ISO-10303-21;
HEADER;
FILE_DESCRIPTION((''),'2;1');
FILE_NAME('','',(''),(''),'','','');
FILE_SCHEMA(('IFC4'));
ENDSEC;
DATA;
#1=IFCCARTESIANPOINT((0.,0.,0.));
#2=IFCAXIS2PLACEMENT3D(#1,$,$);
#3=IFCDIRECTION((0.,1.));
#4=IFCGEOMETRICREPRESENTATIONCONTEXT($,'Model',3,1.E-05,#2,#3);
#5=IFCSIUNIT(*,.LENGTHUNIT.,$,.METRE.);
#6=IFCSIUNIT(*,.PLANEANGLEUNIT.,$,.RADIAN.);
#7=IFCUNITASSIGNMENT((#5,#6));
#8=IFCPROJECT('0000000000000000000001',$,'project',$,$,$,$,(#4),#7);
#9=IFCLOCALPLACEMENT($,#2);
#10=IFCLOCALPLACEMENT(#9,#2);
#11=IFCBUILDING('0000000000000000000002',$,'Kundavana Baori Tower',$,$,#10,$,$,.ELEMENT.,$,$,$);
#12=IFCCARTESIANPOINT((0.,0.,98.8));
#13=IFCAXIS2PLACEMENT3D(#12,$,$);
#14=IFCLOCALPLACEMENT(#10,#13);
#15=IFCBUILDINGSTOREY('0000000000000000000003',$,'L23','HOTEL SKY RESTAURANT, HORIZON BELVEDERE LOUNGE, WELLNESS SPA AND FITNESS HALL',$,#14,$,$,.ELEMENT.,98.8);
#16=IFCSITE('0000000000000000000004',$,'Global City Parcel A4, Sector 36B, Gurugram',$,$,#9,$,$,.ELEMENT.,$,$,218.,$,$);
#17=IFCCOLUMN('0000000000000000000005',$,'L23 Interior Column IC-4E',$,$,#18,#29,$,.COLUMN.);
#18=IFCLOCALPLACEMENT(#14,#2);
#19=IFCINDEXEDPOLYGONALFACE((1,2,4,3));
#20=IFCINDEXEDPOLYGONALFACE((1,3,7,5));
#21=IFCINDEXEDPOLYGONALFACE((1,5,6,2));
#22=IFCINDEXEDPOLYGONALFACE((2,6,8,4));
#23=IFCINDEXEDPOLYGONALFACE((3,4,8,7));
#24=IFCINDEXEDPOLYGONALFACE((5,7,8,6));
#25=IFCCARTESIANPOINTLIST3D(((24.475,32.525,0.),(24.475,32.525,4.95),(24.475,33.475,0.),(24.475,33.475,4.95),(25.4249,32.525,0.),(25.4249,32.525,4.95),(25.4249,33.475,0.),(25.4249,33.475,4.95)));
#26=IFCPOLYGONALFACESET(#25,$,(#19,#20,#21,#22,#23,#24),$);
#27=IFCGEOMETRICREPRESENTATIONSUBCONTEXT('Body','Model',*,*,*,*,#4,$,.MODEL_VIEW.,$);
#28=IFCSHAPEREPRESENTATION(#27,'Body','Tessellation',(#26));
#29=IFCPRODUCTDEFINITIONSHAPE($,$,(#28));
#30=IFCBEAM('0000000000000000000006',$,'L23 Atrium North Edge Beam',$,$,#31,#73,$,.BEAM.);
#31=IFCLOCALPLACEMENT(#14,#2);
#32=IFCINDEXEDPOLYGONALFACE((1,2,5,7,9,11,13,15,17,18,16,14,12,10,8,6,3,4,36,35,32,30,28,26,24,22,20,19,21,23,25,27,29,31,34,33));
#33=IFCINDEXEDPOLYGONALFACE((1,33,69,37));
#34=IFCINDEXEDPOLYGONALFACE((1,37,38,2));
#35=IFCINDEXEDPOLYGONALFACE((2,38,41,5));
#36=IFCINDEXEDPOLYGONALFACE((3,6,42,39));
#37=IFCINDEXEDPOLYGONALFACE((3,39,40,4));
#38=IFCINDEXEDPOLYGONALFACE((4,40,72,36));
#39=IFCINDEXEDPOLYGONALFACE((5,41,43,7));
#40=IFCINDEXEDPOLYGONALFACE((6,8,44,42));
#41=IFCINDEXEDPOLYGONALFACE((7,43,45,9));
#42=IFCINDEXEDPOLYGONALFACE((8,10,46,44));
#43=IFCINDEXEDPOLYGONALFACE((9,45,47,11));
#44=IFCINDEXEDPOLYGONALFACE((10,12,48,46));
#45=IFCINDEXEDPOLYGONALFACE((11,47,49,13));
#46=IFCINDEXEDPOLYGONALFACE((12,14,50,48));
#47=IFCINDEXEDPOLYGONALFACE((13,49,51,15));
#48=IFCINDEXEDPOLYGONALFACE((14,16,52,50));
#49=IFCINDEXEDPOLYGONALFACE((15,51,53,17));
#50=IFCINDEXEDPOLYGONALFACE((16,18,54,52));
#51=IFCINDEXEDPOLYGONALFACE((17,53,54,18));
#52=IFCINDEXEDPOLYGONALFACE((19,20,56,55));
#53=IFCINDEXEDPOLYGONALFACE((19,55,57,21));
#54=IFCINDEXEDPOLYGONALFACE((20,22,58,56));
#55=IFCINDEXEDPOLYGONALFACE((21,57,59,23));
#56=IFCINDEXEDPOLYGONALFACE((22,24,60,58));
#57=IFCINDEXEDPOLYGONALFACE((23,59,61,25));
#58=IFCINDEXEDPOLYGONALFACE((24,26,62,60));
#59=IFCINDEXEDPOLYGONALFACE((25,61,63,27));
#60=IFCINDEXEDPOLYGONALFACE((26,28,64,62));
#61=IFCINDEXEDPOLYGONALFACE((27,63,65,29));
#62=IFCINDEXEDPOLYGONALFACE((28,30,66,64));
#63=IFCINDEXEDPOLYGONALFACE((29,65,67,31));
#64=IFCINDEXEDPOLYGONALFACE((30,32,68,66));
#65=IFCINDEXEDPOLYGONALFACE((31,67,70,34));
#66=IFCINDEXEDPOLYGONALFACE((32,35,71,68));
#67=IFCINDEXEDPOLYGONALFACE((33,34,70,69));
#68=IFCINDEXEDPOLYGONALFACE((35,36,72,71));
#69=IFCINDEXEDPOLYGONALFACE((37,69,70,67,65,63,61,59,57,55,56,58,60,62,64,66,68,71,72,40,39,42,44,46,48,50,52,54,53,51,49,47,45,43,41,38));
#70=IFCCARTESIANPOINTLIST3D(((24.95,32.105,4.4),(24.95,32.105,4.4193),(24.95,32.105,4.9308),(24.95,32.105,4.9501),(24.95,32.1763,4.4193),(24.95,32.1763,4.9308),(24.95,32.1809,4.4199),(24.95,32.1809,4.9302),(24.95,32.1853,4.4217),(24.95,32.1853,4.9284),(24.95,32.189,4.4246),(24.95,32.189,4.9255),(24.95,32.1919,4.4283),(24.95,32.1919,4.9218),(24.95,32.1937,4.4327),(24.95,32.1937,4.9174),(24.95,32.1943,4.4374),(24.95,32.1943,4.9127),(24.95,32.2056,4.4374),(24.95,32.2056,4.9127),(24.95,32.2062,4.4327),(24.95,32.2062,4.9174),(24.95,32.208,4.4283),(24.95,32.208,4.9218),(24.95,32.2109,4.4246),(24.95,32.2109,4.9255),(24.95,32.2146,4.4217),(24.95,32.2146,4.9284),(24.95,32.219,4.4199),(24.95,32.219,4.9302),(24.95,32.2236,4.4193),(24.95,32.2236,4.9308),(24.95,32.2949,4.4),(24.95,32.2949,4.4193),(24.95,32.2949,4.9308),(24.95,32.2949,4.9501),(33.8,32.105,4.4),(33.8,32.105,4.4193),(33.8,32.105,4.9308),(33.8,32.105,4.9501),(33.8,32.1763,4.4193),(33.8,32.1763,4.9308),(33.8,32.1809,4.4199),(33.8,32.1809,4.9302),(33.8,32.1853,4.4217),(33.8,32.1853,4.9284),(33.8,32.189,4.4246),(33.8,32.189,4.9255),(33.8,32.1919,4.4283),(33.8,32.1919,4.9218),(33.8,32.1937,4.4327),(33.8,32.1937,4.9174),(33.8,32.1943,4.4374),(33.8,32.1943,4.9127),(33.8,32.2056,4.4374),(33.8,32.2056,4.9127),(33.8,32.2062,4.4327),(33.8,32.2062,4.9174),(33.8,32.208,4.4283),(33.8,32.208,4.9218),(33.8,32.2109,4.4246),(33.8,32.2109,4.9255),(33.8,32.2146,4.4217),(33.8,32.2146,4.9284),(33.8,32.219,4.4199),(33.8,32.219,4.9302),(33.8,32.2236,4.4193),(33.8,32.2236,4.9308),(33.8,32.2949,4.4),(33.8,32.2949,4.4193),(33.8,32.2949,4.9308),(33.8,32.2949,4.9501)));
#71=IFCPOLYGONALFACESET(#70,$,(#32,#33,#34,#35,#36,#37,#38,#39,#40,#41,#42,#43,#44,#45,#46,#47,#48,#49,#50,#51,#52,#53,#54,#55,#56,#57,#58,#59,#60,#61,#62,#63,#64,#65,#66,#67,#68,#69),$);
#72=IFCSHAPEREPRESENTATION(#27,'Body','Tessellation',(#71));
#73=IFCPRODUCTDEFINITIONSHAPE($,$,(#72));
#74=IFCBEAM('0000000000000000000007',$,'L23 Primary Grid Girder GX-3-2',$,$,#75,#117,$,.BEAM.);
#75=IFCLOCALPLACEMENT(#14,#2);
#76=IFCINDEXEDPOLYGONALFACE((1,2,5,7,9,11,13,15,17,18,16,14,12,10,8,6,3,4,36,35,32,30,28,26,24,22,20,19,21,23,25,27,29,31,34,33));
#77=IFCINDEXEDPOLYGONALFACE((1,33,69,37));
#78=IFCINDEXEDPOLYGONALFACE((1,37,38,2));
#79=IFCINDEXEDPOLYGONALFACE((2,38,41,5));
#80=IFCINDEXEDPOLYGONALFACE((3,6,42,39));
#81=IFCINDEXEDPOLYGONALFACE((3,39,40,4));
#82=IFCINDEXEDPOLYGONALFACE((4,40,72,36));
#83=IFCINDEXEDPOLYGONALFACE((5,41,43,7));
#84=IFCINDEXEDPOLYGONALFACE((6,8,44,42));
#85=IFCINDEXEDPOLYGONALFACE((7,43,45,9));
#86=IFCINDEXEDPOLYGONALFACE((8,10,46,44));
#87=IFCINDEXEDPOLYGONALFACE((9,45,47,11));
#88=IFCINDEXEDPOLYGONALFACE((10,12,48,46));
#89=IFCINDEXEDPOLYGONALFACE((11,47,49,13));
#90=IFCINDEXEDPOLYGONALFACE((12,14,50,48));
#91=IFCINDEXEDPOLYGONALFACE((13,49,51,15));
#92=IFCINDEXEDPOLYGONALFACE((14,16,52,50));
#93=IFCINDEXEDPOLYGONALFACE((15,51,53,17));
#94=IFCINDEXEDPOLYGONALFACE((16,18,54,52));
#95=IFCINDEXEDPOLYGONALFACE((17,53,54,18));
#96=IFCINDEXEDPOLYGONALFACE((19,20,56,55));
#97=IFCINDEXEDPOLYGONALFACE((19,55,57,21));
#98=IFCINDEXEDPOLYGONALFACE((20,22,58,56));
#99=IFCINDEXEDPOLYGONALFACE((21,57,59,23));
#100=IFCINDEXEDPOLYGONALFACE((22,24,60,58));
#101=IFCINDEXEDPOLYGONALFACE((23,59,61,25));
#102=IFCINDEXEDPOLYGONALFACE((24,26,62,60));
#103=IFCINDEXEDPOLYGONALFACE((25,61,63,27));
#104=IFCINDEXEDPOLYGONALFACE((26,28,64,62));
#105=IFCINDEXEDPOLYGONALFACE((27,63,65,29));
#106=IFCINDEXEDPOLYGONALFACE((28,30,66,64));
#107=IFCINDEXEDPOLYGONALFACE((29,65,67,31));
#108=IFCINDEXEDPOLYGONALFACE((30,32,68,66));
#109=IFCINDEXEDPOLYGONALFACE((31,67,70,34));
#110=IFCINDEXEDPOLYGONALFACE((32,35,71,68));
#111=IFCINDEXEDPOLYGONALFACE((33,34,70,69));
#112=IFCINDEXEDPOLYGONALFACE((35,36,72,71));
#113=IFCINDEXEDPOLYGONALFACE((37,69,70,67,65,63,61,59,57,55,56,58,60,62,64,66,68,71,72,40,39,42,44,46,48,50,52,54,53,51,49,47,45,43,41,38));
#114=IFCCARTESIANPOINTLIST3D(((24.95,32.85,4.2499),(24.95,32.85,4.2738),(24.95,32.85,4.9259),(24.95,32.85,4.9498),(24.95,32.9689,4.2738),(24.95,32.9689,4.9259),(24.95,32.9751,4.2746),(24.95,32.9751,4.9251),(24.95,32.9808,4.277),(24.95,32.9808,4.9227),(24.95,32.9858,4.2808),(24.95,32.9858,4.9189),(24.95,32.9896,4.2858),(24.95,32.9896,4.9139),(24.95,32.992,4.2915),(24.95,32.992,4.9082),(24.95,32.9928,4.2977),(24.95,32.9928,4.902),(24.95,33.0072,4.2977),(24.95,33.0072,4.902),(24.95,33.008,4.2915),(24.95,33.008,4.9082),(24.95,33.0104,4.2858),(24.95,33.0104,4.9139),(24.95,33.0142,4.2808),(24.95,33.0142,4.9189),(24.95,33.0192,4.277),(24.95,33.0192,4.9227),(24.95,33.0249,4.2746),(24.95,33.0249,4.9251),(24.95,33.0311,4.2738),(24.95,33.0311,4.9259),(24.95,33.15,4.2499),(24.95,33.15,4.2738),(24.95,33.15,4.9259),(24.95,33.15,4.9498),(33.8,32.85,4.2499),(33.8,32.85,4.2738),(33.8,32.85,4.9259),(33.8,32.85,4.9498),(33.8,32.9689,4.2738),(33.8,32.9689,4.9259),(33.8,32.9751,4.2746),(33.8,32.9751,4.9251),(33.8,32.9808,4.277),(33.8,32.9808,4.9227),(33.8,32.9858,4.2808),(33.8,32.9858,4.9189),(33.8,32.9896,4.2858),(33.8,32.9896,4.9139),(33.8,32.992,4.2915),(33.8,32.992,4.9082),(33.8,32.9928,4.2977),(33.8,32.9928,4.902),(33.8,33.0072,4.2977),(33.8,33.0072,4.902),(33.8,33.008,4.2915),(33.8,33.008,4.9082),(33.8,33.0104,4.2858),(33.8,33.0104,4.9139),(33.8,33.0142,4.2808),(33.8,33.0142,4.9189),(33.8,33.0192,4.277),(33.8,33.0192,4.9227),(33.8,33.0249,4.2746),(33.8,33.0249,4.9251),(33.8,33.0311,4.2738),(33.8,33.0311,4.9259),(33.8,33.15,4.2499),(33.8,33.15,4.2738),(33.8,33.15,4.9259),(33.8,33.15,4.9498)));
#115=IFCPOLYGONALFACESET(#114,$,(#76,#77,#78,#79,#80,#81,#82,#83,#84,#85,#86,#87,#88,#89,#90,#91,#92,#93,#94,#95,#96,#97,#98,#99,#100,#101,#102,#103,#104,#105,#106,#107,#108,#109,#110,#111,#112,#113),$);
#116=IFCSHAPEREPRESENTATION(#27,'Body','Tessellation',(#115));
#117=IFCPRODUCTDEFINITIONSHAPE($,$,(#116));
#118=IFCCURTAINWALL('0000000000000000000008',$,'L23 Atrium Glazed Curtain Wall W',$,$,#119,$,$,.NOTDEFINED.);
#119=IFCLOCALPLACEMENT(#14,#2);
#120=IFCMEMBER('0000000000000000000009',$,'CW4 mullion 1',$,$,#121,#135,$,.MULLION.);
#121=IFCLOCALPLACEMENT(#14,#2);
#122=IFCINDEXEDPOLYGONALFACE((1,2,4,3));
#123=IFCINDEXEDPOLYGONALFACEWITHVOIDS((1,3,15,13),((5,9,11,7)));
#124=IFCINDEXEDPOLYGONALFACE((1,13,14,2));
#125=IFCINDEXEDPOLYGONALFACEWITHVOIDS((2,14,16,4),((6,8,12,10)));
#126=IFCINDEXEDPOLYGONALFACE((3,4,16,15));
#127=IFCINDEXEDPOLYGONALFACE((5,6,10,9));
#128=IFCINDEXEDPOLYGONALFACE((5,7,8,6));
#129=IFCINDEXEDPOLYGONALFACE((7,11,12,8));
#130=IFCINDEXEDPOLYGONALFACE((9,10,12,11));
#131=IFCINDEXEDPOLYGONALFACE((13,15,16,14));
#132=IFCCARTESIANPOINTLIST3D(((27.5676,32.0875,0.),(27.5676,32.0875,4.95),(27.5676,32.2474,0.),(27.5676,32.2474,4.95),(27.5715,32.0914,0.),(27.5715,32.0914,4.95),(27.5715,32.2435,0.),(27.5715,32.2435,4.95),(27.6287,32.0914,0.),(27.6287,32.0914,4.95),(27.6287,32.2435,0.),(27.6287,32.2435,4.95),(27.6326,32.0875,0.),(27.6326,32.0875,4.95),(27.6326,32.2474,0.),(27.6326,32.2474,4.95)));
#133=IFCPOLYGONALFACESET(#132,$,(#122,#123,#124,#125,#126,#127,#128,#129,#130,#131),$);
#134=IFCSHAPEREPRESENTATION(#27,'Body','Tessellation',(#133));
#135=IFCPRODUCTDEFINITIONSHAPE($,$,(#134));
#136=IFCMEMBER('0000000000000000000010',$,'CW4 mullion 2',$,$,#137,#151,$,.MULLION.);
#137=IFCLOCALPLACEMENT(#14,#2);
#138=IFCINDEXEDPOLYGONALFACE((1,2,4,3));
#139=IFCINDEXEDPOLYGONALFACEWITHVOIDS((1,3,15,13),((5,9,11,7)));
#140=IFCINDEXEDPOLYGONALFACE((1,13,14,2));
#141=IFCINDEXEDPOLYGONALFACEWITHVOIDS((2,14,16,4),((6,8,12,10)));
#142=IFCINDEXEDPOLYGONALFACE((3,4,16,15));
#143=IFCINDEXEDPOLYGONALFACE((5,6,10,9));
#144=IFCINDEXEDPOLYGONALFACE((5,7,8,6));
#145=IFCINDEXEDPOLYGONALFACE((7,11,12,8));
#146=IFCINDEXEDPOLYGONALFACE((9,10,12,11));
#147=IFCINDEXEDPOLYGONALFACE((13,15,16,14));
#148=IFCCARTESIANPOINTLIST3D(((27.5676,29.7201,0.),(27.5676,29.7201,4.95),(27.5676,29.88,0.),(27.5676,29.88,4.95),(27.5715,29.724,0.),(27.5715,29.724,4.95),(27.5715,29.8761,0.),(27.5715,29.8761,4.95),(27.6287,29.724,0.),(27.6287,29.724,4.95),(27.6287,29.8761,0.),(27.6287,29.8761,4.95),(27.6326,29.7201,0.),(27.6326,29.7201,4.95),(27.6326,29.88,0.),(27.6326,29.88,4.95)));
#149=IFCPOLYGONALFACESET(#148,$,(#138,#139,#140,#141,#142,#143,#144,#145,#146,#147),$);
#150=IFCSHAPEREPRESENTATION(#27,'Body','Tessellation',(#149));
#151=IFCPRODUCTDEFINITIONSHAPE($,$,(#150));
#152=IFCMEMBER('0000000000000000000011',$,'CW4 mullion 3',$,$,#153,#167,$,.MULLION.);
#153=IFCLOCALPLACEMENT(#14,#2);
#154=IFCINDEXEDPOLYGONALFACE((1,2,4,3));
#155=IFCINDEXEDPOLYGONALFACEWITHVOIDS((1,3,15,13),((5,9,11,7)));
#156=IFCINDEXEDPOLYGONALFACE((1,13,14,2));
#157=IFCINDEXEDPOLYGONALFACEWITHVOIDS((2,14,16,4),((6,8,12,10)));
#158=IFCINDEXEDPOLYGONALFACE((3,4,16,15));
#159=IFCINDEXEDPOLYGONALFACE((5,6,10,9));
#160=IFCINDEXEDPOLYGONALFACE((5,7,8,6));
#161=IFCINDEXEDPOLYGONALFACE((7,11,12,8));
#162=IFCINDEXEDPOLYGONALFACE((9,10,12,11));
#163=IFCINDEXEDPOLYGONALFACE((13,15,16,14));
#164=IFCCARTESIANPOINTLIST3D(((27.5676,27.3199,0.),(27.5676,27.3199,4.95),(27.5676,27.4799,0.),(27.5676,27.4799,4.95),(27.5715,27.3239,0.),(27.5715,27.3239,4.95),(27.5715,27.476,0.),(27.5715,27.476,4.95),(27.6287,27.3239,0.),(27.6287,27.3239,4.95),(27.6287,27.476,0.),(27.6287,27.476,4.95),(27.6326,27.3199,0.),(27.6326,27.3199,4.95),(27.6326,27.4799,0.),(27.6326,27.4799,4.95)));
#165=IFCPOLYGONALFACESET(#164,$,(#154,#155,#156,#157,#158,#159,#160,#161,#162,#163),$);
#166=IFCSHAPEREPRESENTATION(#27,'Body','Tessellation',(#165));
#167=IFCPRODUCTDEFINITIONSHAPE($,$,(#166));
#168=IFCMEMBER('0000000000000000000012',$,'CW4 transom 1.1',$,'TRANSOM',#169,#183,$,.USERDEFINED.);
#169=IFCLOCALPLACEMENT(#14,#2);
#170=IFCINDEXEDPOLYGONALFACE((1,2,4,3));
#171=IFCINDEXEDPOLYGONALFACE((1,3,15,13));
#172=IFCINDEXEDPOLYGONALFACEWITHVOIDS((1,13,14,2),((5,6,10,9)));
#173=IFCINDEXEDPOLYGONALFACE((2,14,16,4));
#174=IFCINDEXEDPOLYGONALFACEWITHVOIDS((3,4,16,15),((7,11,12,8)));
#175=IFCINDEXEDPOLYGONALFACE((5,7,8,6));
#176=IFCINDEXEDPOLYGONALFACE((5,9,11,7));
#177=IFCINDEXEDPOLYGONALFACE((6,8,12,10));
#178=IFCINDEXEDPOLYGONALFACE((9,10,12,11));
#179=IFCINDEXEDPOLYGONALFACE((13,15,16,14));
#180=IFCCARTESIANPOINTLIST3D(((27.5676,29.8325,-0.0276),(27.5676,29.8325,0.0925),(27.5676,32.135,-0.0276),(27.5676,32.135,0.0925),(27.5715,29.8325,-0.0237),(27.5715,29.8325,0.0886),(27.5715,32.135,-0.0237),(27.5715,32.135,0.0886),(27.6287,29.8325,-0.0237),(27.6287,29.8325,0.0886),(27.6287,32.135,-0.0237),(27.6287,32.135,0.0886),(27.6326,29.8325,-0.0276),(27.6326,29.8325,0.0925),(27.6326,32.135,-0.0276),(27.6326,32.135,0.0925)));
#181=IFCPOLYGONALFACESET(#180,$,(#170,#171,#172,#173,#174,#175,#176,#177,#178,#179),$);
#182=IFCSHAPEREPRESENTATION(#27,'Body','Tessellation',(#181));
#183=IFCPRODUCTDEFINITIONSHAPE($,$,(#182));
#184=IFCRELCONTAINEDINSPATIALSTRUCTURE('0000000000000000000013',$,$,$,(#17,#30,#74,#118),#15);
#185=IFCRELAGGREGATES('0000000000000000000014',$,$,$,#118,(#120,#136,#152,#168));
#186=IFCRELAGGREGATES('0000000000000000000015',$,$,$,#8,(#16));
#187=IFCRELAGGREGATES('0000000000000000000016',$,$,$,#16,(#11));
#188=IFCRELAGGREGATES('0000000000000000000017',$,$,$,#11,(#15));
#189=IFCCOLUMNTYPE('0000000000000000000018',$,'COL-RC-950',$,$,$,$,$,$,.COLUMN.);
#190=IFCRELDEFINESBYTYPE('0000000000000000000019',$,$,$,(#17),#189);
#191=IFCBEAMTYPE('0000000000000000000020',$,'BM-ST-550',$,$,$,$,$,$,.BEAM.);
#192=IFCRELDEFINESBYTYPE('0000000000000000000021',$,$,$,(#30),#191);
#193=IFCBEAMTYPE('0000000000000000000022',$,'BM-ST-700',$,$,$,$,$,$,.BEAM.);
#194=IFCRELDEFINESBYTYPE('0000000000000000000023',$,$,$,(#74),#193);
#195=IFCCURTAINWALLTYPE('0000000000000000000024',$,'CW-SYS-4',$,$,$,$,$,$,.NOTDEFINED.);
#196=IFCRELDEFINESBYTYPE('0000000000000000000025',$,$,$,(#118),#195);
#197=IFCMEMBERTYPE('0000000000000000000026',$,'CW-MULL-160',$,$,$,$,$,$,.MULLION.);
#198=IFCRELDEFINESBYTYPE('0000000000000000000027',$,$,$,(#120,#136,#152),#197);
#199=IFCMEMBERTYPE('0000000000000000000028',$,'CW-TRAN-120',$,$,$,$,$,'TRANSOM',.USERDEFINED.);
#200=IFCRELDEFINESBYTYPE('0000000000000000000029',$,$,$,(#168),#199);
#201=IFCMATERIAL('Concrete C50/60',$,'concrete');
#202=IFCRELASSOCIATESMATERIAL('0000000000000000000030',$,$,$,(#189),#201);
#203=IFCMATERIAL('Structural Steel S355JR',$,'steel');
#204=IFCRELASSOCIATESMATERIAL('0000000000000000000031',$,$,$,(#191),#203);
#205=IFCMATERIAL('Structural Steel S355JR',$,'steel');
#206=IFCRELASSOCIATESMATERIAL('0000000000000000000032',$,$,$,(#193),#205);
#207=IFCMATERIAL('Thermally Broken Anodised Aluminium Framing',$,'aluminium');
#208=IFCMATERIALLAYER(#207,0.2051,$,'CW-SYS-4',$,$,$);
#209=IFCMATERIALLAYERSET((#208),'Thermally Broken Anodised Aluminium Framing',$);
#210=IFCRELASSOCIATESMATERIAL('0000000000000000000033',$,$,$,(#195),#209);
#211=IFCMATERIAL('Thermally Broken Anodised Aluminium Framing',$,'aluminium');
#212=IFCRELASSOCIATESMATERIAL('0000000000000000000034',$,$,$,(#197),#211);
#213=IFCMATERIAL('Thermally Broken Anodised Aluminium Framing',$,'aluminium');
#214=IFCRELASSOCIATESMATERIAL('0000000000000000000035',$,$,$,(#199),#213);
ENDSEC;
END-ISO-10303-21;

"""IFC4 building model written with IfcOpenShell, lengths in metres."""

from ifc_helpers import new_model, si_unit, direction, frame, origin, origin_2d, place, context, subcontext, project, spatial, rectangle, hollow_rectangle, i_section, extrude, material, layer, layer_set, material_profile, profile_set, type_object, element, aggregate, save


model = new_model("IFC4")

# Units and contexts
model_context = context("Model", 3, precision=1e-05, world=origin(), true_north=direction((0.0, 1.0)))
body_context = subcontext(model_context, "Body", "Model", "MODEL_VIEW")
ifc_project = project(units=[si_unit("LENGTHUNIT", "METRE"), si_unit("PLANEANGLEUNIT", "RADIAN")], contexts=[model_context])

# Site, building, storey
site_placement = place(None, origin())
site = spatial("IfcSite", under=ifc_project, at=site_placement, Name="Global City Parcel A4, Sector 36B, Gurugram", CompositionType="ELEMENT", RefElevation=218.0)
building_placement = place(site_placement, origin())
building = spatial("IfcBuilding", under=site, at=building_placement, Name="Kundavana Baori Tower", CompositionType="ELEMENT")
storey_placement = place(building_placement, frame((0.0, 0.0, 98.8)))
storey = spatial("IfcBuildingStorey", under=building, at=storey_placement, Name="L23", Description="HOTEL SKY RESTAURANT, HORIZON BELVEDERE LOUNGE, WELLNESS SPA AND FITNESS HALL", CompositionType="ELEMENT", Elevation=98.8)

# Column
ifc_material_1 = material(Name="Concrete C50/60", Category="concrete")
ifc_material_profile_1 = material_profile(ifc_material_1, rectangle(XDim=0.95, YDim=0.95, at=origin_2d()), Name="RC 950x950")
ifc_profile_set_1 = profile_set([ifc_material_profile_1], Name="Concrete C50/60")
column_type = type_object("IfcColumnType", Name="COL-RC-950", PredefinedType="COLUMN", material=ifc_profile_set_1)
column_placement = place(storey_placement, frame((24.95, 33.0, 0.0), z_axis=(0.0, 0.0, 1.0), x_axis=(1.0, 0.0, 0.0)))
element("IfcColumn", 1, at=column_placement, inside=storey, type_object=column_type, Name="L23 Interior Column IC-4E", PredefinedType="COLUMN", context=body_context, shape_type="SweptSolid", body=[
    extrude(rectangle(XDim=0.95, YDim=0.95, at=origin_2d()), origin(), (0.0, 0.0, 1.0), 4.95),
])

# Beams
ifc_material_2 = material(Name="Structural Steel S355JR", Category="steel")
ifc_material_profile_2 = material_profile(ifc_material_2, i_section(OverallWidth=0.1899, OverallDepth=0.55, WebThickness=0.0112, FlangeThickness=0.0193, FilletRadius=0.0181, at=origin_2d()), Name="ISMB 550")
ifc_profile_set_2 = profile_set([ifc_material_profile_2], Name="Structural Steel S355JR")
beam_type_1 = type_object("IfcBeamType", Name="BM-ST-550", PredefinedType="BEAM", material=ifc_profile_set_2)
beam_1_placement = place(storey_placement, frame((24.95, 32.2, 4.675), z_axis=(1.0, 0.0, 0.0), x_axis=(0.0, 1.0, 0.0)))
element("IfcBeam", 2, at=beam_1_placement, inside=storey, type_object=beam_type_1, Name="L23 Atrium North Edge Beam", PredefinedType="BEAM", context=body_context, shape_type="SweptSolid", body=[
    extrude(i_section(OverallWidth=0.1899, OverallDepth=0.55, WebThickness=0.0112, FlangeThickness=0.0193, FilletRadius=0.0181, at=origin_2d()), origin(), (0.0, 0.0, 1.0), 8.8501),
])
ifc_material_3 = material(Name="Structural Steel S355JR", Category="steel")
ifc_material_profile_3 = material_profile(ifc_material_3, i_section(OverallWidth=0.3, OverallDepth=0.7, WebThickness=0.0144, FlangeThickness=0.0239, FilletRadius=0.0239, at=origin_2d()), Name="NPB 700x300x170")
ifc_profile_set_3 = profile_set([ifc_material_profile_3], Name="Structural Steel S355JR")
beam_type_2 = type_object("IfcBeamType", Name="BM-ST-700", PredefinedType="BEAM", material=ifc_profile_set_3)
beam_2_placement = place(storey_placement, frame((24.95, 33.0, 4.5999), z_axis=(1.0, 0.0, 0.0), x_axis=(0.0, 1.0, 0.0)))
element("IfcBeam", 3, at=beam_2_placement, inside=storey, type_object=beam_type_2, Name="L23 Primary Grid Girder GX-3-2", PredefinedType="BEAM", context=body_context, shape_type="SweptSolid", body=[
    extrude(i_section(OverallWidth=0.3, OverallDepth=0.7, WebThickness=0.0144, FlangeThickness=0.0239, FilletRadius=0.0239, at=origin_2d()), origin(), (0.0, 0.0, 1.0), 8.8501),
])

# Curtain wall, members
ifc_material_4 = material(Name="Thermally Broken Anodised Aluminium Framing", Category="aluminium")
ifc_layer_1 = layer(ifc_material_4, 0.2051, Name="CW-SYS-4")
ifc_layer_set_1 = layer_set([ifc_layer_1], Name="Thermally Broken Anodised Aluminium Framing")
curtain_wall_type = type_object("IfcCurtainWallType", Name="CW-SYS-4", PredefinedType="NOTDEFINED", material=ifc_layer_set_1)
curtain_wall_placement = place(storey_placement, origin())
curtain_wall = element("IfcCurtainWall", 4, at=curtain_wall_placement, inside=storey, type_object=curtain_wall_type, Name="L23 Atrium Glazed Curtain Wall W", PredefinedType="NOTDEFINED")
ifc_material_5 = material(Name="Thermally Broken Anodised Aluminium Framing", Category="aluminium")
ifc_material_profile_4 = material_profile(ifc_material_5, hollow_rectangle(XDim=0.0649, YDim=0.1599, WallThickness=0.0039, at=origin_2d()), Name="CW-MULL-160")
ifc_profile_set_4 = profile_set([ifc_material_profile_4], Name="Thermally Broken Anodised Aluminium Framing")
member_type_1 = type_object("IfcMemberType", Name="CW-MULL-160", PredefinedType="MULLION", material=ifc_profile_set_4)
member_1_placement = place(storey_placement, frame((27.6001, 32.1675, 0.0), z_axis=(0.0, 0.0, 1.0), x_axis=(1.0, 0.0, 0.0)))
member_1 = element("IfcMember", 5, at=member_1_placement, type_object=member_type_1, Name="CW4 mullion 1", PredefinedType="MULLION", context=body_context, shape_type="SweptSolid", body=[
    extrude(hollow_rectangle(XDim=0.0649, YDim=0.1599, WallThickness=0.0039, at=origin_2d()), origin(), (0.0, 0.0, 1.0), 4.95),
])
member_2_placement = place(storey_placement, frame((27.6001, 29.8, 0.0), z_axis=(0.0, 0.0, 1.0), x_axis=(1.0, 0.0, 0.0)))
member_2 = element("IfcMember", 6, at=member_2_placement, type_object=member_type_1, Name="CW4 mullion 2", PredefinedType="MULLION", context=body_context, shape_type="SweptSolid", body=[
    extrude(hollow_rectangle(XDim=0.0649, YDim=0.1599, WallThickness=0.0039, at=origin_2d()), origin(), (0.0, 0.0, 1.0), 4.95),
])
member_3_placement = place(storey_placement, frame((27.6001, 27.3999, 0.0), z_axis=(0.0, 0.0, 1.0), x_axis=(1.0, 0.0, 0.0)))
member_3 = element("IfcMember", 7, at=member_3_placement, type_object=member_type_1, Name="CW4 mullion 3", PredefinedType="MULLION", context=body_context, shape_type="SweptSolid", body=[
    extrude(hollow_rectangle(XDim=0.0649, YDim=0.1599, WallThickness=0.0039, at=origin_2d()), origin(), (0.0, 0.0, 1.0), 4.95),
])
ifc_material_6 = material(Name="Thermally Broken Anodised Aluminium Framing", Category="aluminium")
ifc_material_profile_5 = material_profile(ifc_material_6, hollow_rectangle(XDim=0.0649, YDim=0.1201, WallThickness=0.0039, at=origin_2d()), Name="CW-TRAN-120")
ifc_profile_set_5 = profile_set([ifc_material_profile_5], Name="Thermally Broken Anodised Aluminium Framing")
member_type_2 = type_object("IfcMemberType", Name="CW-TRAN-120", ElementType="TRANSOM", PredefinedType="USERDEFINED", material=ifc_profile_set_5)
member_4_placement = place(storey_placement, frame((27.6001, 32.135, 0.0325), z_axis=(0.0, -1.0, 0.0), x_axis=(1.0, 0.0, 0.0)))
member_4 = element("IfcMember", 8, at=member_4_placement, type_object=member_type_2, Name="CW4 transom 1.1", ObjectType="TRANSOM", PredefinedType="USERDEFINED", context=body_context, shape_type="SweptSolid", body=[
    extrude(hollow_rectangle(XDim=0.0649, YDim=0.1201, WallThickness=0.0039, at=origin_2d()), origin(), (0.0, 0.0, 1.0), 2.3025),
])
aggregate(curtain_wall, [member_1, member_2, member_3, member_4])

save(model, "model.ifc")
